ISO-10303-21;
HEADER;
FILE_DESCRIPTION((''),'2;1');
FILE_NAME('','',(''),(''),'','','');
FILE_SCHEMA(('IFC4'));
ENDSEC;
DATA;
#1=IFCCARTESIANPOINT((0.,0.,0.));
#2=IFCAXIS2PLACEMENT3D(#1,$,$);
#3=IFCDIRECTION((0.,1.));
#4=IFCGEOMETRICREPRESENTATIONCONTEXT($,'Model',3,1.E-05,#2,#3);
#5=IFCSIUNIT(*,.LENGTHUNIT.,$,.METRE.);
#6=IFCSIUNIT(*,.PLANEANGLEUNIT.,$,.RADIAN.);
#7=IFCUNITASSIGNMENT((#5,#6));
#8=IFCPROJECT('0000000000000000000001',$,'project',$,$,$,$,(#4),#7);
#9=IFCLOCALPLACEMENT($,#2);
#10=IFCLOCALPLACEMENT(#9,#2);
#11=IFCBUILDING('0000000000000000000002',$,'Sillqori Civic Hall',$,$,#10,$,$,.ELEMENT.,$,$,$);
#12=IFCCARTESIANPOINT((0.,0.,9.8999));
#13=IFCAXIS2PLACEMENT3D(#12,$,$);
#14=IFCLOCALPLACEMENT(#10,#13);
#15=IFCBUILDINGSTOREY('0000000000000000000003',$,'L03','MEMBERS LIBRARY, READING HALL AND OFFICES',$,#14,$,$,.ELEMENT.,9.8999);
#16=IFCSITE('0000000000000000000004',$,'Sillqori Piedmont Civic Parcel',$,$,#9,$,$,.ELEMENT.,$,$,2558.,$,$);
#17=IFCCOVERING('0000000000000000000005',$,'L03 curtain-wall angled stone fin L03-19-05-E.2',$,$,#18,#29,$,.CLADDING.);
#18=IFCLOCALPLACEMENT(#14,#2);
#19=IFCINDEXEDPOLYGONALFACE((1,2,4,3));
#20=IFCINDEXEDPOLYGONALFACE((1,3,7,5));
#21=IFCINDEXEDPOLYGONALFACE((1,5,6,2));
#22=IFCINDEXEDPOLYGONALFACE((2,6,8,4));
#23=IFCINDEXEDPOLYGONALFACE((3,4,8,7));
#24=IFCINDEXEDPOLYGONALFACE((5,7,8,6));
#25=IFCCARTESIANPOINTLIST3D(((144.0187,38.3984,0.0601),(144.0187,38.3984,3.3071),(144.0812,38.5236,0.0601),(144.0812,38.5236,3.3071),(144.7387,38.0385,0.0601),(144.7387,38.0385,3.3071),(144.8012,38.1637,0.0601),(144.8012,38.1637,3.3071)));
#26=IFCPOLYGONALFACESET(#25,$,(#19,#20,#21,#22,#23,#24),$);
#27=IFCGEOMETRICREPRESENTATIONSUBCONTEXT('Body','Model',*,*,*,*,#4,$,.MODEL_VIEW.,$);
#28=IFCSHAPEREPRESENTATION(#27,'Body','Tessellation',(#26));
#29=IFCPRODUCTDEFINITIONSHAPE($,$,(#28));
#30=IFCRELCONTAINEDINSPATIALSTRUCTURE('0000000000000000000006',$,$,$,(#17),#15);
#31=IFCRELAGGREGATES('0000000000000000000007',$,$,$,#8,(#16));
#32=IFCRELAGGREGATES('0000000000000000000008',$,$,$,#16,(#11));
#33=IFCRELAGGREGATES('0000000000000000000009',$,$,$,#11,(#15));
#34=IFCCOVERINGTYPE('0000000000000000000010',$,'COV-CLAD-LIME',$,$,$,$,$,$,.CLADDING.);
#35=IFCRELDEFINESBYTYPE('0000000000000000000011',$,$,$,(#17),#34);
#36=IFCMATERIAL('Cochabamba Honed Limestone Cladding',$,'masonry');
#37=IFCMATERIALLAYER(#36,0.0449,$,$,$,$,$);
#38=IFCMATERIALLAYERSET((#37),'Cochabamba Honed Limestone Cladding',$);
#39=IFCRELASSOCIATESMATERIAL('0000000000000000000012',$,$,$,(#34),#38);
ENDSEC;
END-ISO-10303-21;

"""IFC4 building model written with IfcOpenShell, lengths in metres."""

from ifc_helpers import new_model, si_unit, direction, frame, frame_2d, origin, place, context, subcontext, project, spatial, rectangle, extrude, material, layer, layer_set, type_object, element, save


model = new_model("IFC4")

# Units and contexts
model_context = context("Model", 3, precision=1e-05, world=origin(), true_north=direction((0.0, 1.0)))
body_context = subcontext(model_context, "Body", "Model", "MODEL_VIEW")
ifc_project = project(units=[si_unit("LENGTHUNIT", "METRE"), si_unit("PLANEANGLEUNIT", "RADIAN")], contexts=[model_context])

# Site, building, storey
site_placement = place(None, origin())
site = spatial("IfcSite", under=ifc_project, at=site_placement, Name="Sillqori Piedmont Civic Parcel", CompositionType="ELEMENT", RefElevation=2558.0)
building_placement = place(site_placement, origin())
building = spatial("IfcBuilding", under=site, at=building_placement, Name="Sillqori Civic Hall", CompositionType="ELEMENT")
storey_placement = place(building_placement, frame((0.0, 0.0, 9.8999)))
storey = spatial("IfcBuildingStorey", under=building, at=storey_placement, Name="L03", Description="MEMBERS LIBRARY, READING HALL AND OFFICES", CompositionType="ELEMENT", Elevation=9.8999)

# Covering
ifc_material_1 = material(Name="Cochabamba Honed Limestone Cladding", Category="masonry")
ifc_layer_1 = layer(ifc_material_1, 0.0449)
ifc_layer_set_1 = layer_set([ifc_layer_1], Name="Cochabamba Honed Limestone Cladding")
covering_type = type_object("IfcCoveringType", Name="COV-CLAD-LIME", PredefinedType="CLADDING", material=ifc_layer_set_1)
for number, where, z_axis, x_axis, name in (
    (1, (144.05, 38.4609, 0.0601), (0.0, 0.0, 1.0), (0.894488, -0.447092, 0.0), "L03 curtain-wall angled stone fin L03-19-05-E.2"),
):
    element("IfcCovering", number, at=place(storey_placement, frame(where, z_axis=z_axis, x_axis=x_axis)), inside=storey, type_object=covering_type, Name=name, PredefinedType="CLADDING", context=body_context, shape_type="SweptSolid", body=[
        extrude(rectangle(XDim=0.8049, YDim=0.1399, at=frame_2d((0.4023, 0.0))), origin(), (0.0, 0.0, 1.0), 3.2471),
    ])

save(model, "model.ifc")
